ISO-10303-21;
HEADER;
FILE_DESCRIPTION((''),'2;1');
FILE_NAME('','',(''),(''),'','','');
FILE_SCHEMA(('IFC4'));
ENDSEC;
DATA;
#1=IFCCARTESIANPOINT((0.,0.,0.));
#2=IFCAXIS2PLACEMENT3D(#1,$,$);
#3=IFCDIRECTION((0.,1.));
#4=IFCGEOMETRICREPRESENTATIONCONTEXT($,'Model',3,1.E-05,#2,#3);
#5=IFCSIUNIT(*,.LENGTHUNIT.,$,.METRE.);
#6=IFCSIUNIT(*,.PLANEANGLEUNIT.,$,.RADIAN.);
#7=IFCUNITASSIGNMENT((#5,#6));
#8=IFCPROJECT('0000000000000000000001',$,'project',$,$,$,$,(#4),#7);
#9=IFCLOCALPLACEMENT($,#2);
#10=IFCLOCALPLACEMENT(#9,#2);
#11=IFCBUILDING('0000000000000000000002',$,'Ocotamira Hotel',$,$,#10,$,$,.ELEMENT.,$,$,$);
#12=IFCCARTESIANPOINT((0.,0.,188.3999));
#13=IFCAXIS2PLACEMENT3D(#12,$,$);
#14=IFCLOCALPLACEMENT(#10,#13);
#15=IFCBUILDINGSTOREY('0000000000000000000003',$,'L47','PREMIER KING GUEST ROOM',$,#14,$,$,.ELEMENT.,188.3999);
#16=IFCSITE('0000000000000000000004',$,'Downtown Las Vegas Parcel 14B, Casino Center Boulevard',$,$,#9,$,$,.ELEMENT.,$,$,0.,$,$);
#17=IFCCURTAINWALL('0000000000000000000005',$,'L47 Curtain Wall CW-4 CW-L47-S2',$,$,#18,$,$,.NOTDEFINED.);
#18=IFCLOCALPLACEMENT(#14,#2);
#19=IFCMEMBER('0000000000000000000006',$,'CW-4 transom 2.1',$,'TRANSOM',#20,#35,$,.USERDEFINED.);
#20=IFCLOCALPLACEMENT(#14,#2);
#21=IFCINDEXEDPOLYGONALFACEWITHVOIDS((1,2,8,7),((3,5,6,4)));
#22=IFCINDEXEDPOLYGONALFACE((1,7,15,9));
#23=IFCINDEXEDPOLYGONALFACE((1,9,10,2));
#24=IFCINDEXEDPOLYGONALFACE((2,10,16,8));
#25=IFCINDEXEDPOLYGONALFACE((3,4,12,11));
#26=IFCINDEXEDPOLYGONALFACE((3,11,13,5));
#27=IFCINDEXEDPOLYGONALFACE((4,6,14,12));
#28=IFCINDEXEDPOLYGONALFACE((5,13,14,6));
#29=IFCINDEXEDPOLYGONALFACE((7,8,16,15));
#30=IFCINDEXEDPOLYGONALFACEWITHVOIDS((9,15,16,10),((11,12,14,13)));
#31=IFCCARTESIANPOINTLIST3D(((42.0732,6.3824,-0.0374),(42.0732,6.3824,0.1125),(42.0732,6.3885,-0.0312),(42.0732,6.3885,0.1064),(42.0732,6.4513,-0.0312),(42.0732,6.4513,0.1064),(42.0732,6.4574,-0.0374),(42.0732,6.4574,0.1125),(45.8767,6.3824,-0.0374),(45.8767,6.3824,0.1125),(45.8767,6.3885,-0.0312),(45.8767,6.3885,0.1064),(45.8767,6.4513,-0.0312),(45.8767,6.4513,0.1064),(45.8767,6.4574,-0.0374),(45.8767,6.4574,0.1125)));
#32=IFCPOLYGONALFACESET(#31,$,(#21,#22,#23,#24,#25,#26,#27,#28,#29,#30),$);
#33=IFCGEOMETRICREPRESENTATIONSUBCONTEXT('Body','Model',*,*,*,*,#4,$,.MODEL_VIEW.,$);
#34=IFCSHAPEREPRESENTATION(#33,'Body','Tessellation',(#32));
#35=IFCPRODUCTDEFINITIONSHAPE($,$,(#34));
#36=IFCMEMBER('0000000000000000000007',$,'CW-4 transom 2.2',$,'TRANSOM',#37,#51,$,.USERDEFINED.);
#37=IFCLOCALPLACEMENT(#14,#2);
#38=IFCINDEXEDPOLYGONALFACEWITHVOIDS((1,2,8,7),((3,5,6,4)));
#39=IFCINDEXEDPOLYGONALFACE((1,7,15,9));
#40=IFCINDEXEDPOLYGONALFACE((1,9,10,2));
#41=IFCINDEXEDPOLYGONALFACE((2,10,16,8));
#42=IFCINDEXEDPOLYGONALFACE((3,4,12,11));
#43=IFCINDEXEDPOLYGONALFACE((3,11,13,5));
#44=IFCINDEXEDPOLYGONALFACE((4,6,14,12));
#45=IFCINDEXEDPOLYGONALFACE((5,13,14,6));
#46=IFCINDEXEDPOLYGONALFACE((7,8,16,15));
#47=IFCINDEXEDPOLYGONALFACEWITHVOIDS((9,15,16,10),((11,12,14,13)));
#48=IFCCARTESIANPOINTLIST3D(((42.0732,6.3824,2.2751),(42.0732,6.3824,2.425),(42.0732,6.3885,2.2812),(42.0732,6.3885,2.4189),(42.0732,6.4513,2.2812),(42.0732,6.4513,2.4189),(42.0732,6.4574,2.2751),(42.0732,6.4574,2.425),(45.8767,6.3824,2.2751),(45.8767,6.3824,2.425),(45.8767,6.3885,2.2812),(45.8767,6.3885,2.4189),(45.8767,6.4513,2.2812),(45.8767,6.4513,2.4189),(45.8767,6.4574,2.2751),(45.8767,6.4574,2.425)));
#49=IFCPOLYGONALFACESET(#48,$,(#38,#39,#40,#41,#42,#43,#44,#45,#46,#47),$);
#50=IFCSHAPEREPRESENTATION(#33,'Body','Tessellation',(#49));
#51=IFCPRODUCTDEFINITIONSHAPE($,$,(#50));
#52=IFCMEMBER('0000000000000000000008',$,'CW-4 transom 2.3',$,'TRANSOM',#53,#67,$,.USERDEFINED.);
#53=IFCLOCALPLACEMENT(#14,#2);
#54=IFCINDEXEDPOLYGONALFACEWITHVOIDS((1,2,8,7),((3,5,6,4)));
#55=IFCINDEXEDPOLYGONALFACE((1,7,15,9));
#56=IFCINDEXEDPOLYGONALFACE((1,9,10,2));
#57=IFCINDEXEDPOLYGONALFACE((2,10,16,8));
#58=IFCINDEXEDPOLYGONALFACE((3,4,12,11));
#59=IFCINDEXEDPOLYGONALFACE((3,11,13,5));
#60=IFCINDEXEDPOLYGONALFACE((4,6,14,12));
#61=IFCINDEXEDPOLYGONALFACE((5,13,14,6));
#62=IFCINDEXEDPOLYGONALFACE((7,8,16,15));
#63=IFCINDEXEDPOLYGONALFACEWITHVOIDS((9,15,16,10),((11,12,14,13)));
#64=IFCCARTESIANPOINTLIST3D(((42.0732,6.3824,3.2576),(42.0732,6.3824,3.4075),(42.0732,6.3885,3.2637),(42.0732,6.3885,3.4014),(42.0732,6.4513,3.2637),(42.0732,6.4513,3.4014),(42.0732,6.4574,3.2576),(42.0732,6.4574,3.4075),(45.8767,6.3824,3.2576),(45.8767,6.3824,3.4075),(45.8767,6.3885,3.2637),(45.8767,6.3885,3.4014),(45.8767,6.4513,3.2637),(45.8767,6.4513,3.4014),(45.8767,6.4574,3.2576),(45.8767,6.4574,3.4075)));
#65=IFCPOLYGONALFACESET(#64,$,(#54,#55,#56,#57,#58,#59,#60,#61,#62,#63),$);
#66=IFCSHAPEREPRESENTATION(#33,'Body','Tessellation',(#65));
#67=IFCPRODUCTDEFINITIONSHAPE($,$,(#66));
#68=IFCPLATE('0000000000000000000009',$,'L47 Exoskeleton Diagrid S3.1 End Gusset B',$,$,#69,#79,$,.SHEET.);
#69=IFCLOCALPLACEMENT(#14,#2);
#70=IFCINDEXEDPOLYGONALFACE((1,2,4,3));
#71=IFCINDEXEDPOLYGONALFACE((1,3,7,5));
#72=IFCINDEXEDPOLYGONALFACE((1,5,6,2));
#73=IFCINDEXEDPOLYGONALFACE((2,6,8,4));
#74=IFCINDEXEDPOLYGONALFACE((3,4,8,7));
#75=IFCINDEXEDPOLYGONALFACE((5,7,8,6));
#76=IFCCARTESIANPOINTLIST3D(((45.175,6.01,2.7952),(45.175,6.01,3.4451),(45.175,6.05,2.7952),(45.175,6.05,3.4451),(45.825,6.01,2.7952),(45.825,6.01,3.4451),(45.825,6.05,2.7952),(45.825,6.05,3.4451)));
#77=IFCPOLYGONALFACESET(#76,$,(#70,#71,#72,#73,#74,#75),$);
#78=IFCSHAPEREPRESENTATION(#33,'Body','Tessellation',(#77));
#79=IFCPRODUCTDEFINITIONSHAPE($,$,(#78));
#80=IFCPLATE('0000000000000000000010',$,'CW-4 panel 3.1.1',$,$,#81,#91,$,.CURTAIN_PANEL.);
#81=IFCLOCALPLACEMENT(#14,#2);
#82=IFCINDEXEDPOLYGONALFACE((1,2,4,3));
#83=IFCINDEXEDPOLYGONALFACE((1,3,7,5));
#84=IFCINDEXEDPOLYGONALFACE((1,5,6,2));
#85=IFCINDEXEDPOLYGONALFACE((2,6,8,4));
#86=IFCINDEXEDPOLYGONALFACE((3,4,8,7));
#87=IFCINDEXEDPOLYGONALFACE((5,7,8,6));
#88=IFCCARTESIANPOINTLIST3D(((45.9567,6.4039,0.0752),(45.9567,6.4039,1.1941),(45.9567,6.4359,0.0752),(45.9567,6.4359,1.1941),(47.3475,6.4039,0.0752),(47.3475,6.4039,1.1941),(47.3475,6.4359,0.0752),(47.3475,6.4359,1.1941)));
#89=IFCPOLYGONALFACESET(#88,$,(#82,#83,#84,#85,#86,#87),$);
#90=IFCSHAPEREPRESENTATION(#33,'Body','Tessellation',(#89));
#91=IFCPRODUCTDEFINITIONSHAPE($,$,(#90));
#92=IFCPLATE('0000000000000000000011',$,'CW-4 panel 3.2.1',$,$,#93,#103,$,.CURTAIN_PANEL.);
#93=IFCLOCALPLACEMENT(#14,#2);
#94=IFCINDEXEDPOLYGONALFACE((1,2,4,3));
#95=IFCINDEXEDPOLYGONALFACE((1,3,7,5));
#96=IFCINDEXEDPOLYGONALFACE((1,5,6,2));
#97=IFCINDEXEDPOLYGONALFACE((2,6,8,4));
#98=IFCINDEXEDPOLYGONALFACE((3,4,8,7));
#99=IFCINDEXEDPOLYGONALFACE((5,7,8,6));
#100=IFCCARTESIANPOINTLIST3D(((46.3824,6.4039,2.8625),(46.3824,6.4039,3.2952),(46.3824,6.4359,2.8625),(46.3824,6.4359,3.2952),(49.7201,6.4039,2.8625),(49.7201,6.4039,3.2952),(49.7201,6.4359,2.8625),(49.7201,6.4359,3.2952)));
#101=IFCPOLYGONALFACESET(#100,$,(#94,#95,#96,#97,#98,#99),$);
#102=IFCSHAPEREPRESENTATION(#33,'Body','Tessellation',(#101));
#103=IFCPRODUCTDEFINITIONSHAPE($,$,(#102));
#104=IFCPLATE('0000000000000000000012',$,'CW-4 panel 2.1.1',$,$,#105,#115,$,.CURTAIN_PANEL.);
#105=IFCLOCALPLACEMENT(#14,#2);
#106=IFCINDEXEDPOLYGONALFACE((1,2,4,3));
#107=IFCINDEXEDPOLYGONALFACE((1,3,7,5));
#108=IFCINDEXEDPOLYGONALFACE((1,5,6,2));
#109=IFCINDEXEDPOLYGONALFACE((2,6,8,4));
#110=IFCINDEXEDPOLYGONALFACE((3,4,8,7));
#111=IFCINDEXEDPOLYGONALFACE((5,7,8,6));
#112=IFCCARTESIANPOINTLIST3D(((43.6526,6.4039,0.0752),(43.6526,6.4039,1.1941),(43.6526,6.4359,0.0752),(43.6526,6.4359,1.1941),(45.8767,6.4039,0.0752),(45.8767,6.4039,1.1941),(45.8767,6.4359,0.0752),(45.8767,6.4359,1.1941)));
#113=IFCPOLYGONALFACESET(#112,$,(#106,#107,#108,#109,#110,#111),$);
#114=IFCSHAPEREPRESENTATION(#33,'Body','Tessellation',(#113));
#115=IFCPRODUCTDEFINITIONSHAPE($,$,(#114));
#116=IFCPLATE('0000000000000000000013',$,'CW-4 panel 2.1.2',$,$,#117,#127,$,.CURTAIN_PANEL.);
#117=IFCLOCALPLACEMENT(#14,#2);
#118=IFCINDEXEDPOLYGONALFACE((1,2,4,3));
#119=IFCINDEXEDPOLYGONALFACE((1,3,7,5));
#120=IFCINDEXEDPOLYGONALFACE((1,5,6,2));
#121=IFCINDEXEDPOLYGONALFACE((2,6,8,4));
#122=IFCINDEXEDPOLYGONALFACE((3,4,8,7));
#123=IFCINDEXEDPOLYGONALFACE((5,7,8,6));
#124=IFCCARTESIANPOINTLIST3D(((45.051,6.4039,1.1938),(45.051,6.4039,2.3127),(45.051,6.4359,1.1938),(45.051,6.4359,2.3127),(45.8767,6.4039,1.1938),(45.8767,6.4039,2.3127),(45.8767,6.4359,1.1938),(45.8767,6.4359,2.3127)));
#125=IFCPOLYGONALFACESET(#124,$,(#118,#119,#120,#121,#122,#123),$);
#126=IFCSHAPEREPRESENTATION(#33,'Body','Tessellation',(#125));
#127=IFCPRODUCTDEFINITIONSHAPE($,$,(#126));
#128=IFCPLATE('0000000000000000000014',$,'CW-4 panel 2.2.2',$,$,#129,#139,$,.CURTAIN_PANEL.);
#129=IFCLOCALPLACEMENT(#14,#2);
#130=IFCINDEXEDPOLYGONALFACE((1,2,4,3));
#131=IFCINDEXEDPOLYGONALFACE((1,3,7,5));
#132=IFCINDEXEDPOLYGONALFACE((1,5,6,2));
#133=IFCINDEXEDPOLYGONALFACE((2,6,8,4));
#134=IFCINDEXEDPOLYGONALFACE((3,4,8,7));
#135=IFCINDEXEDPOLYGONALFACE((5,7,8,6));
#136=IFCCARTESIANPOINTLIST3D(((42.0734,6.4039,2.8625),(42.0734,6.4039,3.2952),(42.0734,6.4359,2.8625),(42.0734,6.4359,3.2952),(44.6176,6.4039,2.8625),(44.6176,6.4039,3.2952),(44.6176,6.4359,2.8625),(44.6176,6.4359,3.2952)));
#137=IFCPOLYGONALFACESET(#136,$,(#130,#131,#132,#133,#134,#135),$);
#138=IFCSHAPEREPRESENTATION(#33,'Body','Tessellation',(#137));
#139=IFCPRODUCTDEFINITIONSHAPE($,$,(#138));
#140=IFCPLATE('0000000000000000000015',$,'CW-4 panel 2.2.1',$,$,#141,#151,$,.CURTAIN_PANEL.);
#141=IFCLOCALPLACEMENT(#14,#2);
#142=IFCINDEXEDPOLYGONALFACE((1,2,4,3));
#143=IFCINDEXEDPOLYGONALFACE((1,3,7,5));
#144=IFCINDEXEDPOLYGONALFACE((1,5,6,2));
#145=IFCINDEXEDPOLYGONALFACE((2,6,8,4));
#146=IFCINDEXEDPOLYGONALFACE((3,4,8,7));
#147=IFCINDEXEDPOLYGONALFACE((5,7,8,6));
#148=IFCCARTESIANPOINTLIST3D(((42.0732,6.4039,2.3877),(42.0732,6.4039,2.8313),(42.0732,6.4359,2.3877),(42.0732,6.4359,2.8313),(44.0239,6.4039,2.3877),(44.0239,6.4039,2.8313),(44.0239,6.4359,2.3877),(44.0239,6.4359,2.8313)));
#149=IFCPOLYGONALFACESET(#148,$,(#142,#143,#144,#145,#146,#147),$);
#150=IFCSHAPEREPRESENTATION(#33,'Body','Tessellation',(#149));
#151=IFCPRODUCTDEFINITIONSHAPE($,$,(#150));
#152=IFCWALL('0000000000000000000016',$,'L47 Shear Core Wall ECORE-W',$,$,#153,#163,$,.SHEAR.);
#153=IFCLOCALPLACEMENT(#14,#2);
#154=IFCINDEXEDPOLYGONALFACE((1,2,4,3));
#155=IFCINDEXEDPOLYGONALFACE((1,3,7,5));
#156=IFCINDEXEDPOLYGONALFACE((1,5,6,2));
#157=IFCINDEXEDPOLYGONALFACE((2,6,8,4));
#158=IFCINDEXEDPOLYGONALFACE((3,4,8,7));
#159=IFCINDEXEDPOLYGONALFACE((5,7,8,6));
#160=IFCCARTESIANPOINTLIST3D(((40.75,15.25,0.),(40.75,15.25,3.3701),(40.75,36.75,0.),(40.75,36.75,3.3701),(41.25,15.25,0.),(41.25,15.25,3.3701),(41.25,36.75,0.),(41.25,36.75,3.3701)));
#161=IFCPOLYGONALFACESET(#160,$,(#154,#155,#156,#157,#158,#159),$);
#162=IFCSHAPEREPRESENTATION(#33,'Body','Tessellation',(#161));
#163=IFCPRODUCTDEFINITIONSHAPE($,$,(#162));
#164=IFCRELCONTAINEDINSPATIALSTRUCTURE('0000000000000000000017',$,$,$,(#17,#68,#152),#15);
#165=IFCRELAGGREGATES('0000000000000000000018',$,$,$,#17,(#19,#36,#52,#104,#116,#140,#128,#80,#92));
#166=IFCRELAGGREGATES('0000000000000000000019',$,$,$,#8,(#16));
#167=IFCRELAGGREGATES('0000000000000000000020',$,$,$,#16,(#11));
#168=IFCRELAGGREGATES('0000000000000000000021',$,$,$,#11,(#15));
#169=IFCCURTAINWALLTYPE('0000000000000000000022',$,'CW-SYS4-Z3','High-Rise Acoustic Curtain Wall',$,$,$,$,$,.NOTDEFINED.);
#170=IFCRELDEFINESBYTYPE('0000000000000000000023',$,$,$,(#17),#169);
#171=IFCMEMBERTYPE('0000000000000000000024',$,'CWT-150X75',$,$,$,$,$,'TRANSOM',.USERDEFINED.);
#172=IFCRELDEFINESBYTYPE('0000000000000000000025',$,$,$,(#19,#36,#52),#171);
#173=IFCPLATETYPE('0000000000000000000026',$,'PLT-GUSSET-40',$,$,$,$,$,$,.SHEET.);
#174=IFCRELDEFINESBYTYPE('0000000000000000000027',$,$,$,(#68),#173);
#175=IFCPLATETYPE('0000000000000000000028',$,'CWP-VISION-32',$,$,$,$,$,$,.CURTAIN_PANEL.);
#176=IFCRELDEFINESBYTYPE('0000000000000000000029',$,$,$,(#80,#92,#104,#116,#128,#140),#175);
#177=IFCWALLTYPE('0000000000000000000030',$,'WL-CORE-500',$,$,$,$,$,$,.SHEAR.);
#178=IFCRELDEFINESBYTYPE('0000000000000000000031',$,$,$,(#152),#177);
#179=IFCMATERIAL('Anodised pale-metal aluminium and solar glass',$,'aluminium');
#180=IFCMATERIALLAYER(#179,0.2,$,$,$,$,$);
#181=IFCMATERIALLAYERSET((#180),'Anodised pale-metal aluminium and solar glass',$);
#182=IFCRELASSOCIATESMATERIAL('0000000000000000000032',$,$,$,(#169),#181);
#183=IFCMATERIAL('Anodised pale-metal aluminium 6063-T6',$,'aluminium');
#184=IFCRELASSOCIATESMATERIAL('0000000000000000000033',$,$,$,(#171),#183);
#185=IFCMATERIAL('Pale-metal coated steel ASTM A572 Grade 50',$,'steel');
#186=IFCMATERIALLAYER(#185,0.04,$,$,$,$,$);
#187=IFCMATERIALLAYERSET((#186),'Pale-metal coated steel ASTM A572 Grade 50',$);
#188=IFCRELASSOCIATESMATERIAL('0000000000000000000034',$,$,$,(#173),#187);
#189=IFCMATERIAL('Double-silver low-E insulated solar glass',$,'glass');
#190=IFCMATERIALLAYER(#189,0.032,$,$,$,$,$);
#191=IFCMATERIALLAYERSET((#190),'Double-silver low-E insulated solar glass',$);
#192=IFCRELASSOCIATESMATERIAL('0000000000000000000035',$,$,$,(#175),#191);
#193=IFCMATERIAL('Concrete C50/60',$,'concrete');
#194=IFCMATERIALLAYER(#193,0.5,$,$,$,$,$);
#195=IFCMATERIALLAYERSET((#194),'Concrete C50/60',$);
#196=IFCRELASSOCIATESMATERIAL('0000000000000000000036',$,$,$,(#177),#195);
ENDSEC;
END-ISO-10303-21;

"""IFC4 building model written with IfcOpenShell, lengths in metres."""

from ifc_helpers import new_model, si_unit, direction, frame, frame_2d, origin, origin_2d, place, context, subcontext, project, spatial, rectangle, hollow_rectangle, extrude, source, transform, mapped, material, layer, layer_set, material_profile, profile_set, type_object, element, aggregate, save


model = new_model("IFC4")

# Units and contexts
model_context = context("Model", 3, precision=1e-05, world=origin(), true_north=direction((0.0, 1.0)))
body_context = subcontext(model_context, "Body", "Model", "MODEL_VIEW")
ifc_project = project(units=[si_unit("LENGTHUNIT", "METRE"), si_unit("PLANEANGLEUNIT", "RADIAN")], contexts=[model_context])

# Site, building, storey
site_placement = place(None, origin())
site = spatial("IfcSite", under=ifc_project, at=site_placement, Name="Downtown Las Vegas Parcel 14B, Casino Center Boulevard", CompositionType="ELEMENT", RefElevation=0.0)
building_placement = place(site_placement, origin())
building = spatial("IfcBuilding", under=site, at=building_placement, Name="Ocotamira Hotel", CompositionType="ELEMENT")
storey_placement = place(building_placement, frame((0.0, 0.0, 188.3999)))
storey = spatial("IfcBuildingStorey", under=building, at=storey_placement, Name="L47", Description="PREMIER KING GUEST ROOM", CompositionType="ELEMENT", Elevation=188.3999)

# Curtain wall, members
ifc_material_1 = material(Name="Anodised pale-metal aluminium and solar glass", Category="aluminium")
ifc_layer_1 = layer(ifc_material_1, 0.2)
ifc_layer_set_1 = layer_set([ifc_layer_1], Name="Anodised pale-metal aluminium and solar glass")
curtain_wall_type = type_object("IfcCurtainWallType", Name="CW-SYS4-Z3", Description="High-Rise Acoustic Curtain Wall", PredefinedType="NOTDEFINED", material=ifc_layer_set_1)
curtain_wall_placement = place(storey_placement, origin())
curtain_wall = element("IfcCurtainWall", 1, at=curtain_wall_placement, inside=storey, type_object=curtain_wall_type, Name="L47 Curtain Wall CW-4 CW-L47-S2", PredefinedType="NOTDEFINED")
ifc_material_2 = material(Name="Anodised pale-metal aluminium 6063-T6", Category="aluminium")
ifc_material_profile_1 = material_profile(ifc_material_2, hollow_rectangle(XDim=0.075, YDim=0.1499, WallThickness=0.0061, at=origin_2d()), Name="HSS150X75X6")
ifc_profile_set_1 = profile_set([ifc_material_profile_1], Name="Anodised pale-metal aluminium 6063-T6")
member_type_1 = type_object("IfcMemberType", Name="CWT-150X75", ElementType="TRANSOM", PredefinedType="USERDEFINED", material=ifc_profile_set_1)
shared_shape_1 = source(origin(), body_context, "Body", "SweptSolid", [
    extrude(hollow_rectangle(XDim=0.075, YDim=0.1499, WallThickness=0.0061, at=origin_2d()), origin(), (0.0, 0.0, 1.0), 3.8035),
])
member_1_placement = place(storey_placement, frame((42.0732, 6.4199, 0.0376), z_axis=(1.0, 0.0, 0.0), x_axis=(0.0, 1.0, 0.0)))
member_1 = element("IfcMember", 2, at=member_1_placement, type_object=member_type_1, Name="CW-4 transom 2.1", ObjectType="TRANSOM", PredefinedType="USERDEFINED", context=body_context, shape_type="MappedRepresentation", body=[
    mapped(shared_shape_1, transform((0.0, 0.0, 0.0), scale=1.0)),
])
member_2_placement = place(storey_placement, frame((42.0732, 6.4199, 2.3501), z_axis=(1.0, 0.0, 0.0), x_axis=(0.0, 1.0, 0.0)))
member_2 = element("IfcMember", 3, at=member_2_placement, type_object=member_type_1, Name="CW-4 transom 2.2", ObjectType="TRANSOM", PredefinedType="USERDEFINED", context=body_context, shape_type="MappedRepresentation", body=[
    mapped(shared_shape_1, transform((0.0, 0.0, 0.0), scale=1.0)),
])
member_3_placement = place(storey_placement, frame((42.0732, 6.4199, 3.3325), z_axis=(1.0, 0.0, 0.0), x_axis=(0.0, 1.0, 0.0)))
member_3 = element("IfcMember", 4, at=member_3_placement, type_object=member_type_1, Name="CW-4 transom 2.3", ObjectType="TRANSOM", PredefinedType="USERDEFINED", context=body_context, shape_type="MappedRepresentation", body=[
    mapped(shared_shape_1, transform((0.0, 0.0, 0.0), scale=1.0)),
])

# Plates
ifc_material_3 = material(Name="Pale-metal coated steel ASTM A572 Grade 50", Category="steel")
ifc_layer_2 = layer(ifc_material_3, 0.04)
ifc_layer_set_2 = layer_set([ifc_layer_2], Name="Pale-metal coated steel ASTM A572 Grade 50")
plate_type_1 = type_object("IfcPlateType", Name="PLT-GUSSET-40", PredefinedType="SHEET", material=ifc_layer_set_2)
shared_shape_2 = source(origin(), body_context, "Body", "SweptSolid", [
    extrude(rectangle(XDim=0.6499, YDim=0.04, at=origin_2d()), origin(), (0.0, 0.0, 1.0), 0.6499),
])
plate_1_placement = place(storey_placement, frame((45.5, 6.03, 2.7952), z_axis=(0.0, 0.0, 1.0), x_axis=(1.0, 0.0, 0.0)))
element("IfcPlate", 5, at=plate_1_placement, inside=storey, type_object=plate_type_1, Name="L47 Exoskeleton Diagrid S3.1 End Gusset B", PredefinedType="SHEET", context=body_context, shape_type="MappedRepresentation", body=[
    mapped(shared_shape_2, transform((0.0, 0.0, 0.0), scale=1.0)),
])
ifc_material_4 = material(Name="Double-silver low-E insulated solar glass", Category="glass")
ifc_layer_3 = layer(ifc_material_4, 0.032)
ifc_layer_set_3 = layer_set([ifc_layer_3], Name="Double-silver low-E insulated solar glass")
plate_type_2 = type_object("IfcPlateType", Name="CWP-VISION-32", PredefinedType="CURTAIN_PANEL", material=ifc_layer_set_3)
shared_shape_3 = source(origin(), body_context, "Body", "SweptSolid", [
    extrude(rectangle(XDim=1.3909, YDim=0.032, at=origin_2d()), origin(), (0.0, 0.0, 1.0), 1.1189),
])
plate_2_placement = place(storey_placement, frame((46.6521, 6.4199, 0.0752), z_axis=(0.0, 0.0, 1.0), x_axis=(1.0, 0.0, 0.0)))
plate_2 = element("IfcPlate", 6, at=plate_2_placement, type_object=plate_type_2, Name="CW-4 panel 3.1.1", PredefinedType="CURTAIN_PANEL", context=body_context, shape_type="MappedRepresentation", body=[
    mapped(shared_shape_3, transform((0.0, 0.0, 0.0), scale=1.0)),
])
shared_shape_4 = source(origin(), body_context, "Body", "SweptSolid", [
    extrude(rectangle(XDim=3.3376, YDim=0.032, at=origin_2d()), origin(), (0.0, 0.0, 1.0), 0.4326),
])
plate_3_placement = place(storey_placement, frame((48.0513, 6.4199, 2.8625), z_axis=(0.0, 0.0, 1.0), x_axis=(1.0, 0.0, 0.0)))
plate_3 = element("IfcPlate", 7, at=plate_3_placement, type_object=plate_type_2, Name="CW-4 panel 3.2.1", PredefinedType="CURTAIN_PANEL", context=body_context, shape_type="MappedRepresentation", body=[
    mapped(shared_shape_4, transform((0.0, 0.0, 0.0), scale=1.0)),
])
shared_shape_5 = source(origin(), body_context, "Body", "SweptSolid", [
    extrude(rectangle(XDim=2.2241, YDim=0.032, at=origin_2d()), origin(), (0.0, 0.0, 1.0), 1.1189),
])
plate_4_placement = place(storey_placement, frame((44.7646, 6.4199, 0.0752), z_axis=(0.0, 0.0, 1.0), x_axis=(1.0, 0.0, 0.0)))
plate_4 = element("IfcPlate", 8, at=plate_4_placement, type_object=plate_type_2, Name="CW-4 panel 2.1.1", PredefinedType="CURTAIN_PANEL", context=body_context, shape_type="MappedRepresentation", body=[
    mapped(shared_shape_5, transform((0.0, 0.0, 0.0), scale=1.0)),
])
shared_shape_6 = source(origin(), body_context, "Body", "SweptSolid", [
    extrude(rectangle(XDim=0.8257, YDim=0.032, at=origin_2d()), origin(), (0.0, 0.0, 1.0), 1.1189),
])
plate_5_placement = place(storey_placement, frame((45.4639, 6.4199, 1.1938), z_axis=(0.0, 0.0, 1.0), x_axis=(1.0, 0.0, 0.0)))
plate_5 = element("IfcPlate", 9, at=plate_5_placement, type_object=plate_type_2, Name="CW-4 panel 2.1.2", PredefinedType="CURTAIN_PANEL", context=body_context, shape_type="MappedRepresentation", body=[
    mapped(shared_shape_6, transform((0.0, 0.0, 0.0), scale=1.0)),
])
shared_shape_7 = source(origin(), body_context, "Body", "SweptSolid", [
    extrude(rectangle(XDim=2.5442, YDim=0.032, at=origin_2d()), origin(), (0.0, 0.0, 1.0), 0.4326),
])
plate_6_placement = place(storey_placement, frame((43.3455, 6.4199, 2.8625), z_axis=(0.0, 0.0, 1.0), x_axis=(1.0, 0.0, 0.0)))
plate_6 = element("IfcPlate", 10, at=plate_6_placement, type_object=plate_type_2, Name="CW-4 panel 2.2.2", PredefinedType="CURTAIN_PANEL", context=body_context, shape_type="MappedRepresentation", body=[
    mapped(shared_shape_7, transform((0.0, 0.0, 0.0), scale=1.0)),
])
shared_shape_8 = source(origin(), body_context, "Body", "SweptSolid", [
    extrude(rectangle(XDim=1.9507, YDim=0.032, at=origin_2d()), origin(), (0.0, 0.0, 1.0), 0.4436),
])
plate_7_placement = place(storey_placement, frame((43.0486, 6.4199, 2.3877), z_axis=(0.0, 0.0, 1.0), x_axis=(1.0, 0.0, 0.0)))
plate_7 = element("IfcPlate", 11, at=plate_7_placement, type_object=plate_type_2, Name="CW-4 panel 2.2.1", PredefinedType="CURTAIN_PANEL", context=body_context, shape_type="MappedRepresentation", body=[
    mapped(shared_shape_8, transform((0.0, 0.0, 0.0), scale=1.0)),
])
aggregate(curtain_wall, [member_1, member_2, member_3, plate_4, plate_5, plate_7, plate_6, plate_2, plate_3])

# Shared definitions
ifc_material_5 = material(Name="Concrete C50/60", Category="concrete")
ifc_layer_4 = layer(ifc_material_5, 0.5)
ifc_layer_set_4 = layer_set([ifc_layer_4], Name="Concrete C50/60")
wall_type_1 = type_object("IfcWallType", Name="WL-CORE-500", PredefinedType="SHEAR", material=ifc_layer_set_4)

# Wall
wall_1_placement = place(storey_placement, frame((41.0, 15.25, 0.0), z_axis=(0.0, 0.0, 1.0), x_axis=(0.0, 1.0, 0.0)))
element("IfcWall", 12, at=wall_1_placement, inside=storey, type_object=wall_type_1, Name="L47 Shear Core Wall ECORE-W", PredefinedType="SHEAR", context=body_context, shape_type="SweptSolid", body=[
    extrude(rectangle(XDim=21.5, YDim=0.5, at=frame_2d((10.75, 0.0))), origin(), (0.0, 0.0, 1.0), 3.3701),
])

save(model, "model.ifc")
